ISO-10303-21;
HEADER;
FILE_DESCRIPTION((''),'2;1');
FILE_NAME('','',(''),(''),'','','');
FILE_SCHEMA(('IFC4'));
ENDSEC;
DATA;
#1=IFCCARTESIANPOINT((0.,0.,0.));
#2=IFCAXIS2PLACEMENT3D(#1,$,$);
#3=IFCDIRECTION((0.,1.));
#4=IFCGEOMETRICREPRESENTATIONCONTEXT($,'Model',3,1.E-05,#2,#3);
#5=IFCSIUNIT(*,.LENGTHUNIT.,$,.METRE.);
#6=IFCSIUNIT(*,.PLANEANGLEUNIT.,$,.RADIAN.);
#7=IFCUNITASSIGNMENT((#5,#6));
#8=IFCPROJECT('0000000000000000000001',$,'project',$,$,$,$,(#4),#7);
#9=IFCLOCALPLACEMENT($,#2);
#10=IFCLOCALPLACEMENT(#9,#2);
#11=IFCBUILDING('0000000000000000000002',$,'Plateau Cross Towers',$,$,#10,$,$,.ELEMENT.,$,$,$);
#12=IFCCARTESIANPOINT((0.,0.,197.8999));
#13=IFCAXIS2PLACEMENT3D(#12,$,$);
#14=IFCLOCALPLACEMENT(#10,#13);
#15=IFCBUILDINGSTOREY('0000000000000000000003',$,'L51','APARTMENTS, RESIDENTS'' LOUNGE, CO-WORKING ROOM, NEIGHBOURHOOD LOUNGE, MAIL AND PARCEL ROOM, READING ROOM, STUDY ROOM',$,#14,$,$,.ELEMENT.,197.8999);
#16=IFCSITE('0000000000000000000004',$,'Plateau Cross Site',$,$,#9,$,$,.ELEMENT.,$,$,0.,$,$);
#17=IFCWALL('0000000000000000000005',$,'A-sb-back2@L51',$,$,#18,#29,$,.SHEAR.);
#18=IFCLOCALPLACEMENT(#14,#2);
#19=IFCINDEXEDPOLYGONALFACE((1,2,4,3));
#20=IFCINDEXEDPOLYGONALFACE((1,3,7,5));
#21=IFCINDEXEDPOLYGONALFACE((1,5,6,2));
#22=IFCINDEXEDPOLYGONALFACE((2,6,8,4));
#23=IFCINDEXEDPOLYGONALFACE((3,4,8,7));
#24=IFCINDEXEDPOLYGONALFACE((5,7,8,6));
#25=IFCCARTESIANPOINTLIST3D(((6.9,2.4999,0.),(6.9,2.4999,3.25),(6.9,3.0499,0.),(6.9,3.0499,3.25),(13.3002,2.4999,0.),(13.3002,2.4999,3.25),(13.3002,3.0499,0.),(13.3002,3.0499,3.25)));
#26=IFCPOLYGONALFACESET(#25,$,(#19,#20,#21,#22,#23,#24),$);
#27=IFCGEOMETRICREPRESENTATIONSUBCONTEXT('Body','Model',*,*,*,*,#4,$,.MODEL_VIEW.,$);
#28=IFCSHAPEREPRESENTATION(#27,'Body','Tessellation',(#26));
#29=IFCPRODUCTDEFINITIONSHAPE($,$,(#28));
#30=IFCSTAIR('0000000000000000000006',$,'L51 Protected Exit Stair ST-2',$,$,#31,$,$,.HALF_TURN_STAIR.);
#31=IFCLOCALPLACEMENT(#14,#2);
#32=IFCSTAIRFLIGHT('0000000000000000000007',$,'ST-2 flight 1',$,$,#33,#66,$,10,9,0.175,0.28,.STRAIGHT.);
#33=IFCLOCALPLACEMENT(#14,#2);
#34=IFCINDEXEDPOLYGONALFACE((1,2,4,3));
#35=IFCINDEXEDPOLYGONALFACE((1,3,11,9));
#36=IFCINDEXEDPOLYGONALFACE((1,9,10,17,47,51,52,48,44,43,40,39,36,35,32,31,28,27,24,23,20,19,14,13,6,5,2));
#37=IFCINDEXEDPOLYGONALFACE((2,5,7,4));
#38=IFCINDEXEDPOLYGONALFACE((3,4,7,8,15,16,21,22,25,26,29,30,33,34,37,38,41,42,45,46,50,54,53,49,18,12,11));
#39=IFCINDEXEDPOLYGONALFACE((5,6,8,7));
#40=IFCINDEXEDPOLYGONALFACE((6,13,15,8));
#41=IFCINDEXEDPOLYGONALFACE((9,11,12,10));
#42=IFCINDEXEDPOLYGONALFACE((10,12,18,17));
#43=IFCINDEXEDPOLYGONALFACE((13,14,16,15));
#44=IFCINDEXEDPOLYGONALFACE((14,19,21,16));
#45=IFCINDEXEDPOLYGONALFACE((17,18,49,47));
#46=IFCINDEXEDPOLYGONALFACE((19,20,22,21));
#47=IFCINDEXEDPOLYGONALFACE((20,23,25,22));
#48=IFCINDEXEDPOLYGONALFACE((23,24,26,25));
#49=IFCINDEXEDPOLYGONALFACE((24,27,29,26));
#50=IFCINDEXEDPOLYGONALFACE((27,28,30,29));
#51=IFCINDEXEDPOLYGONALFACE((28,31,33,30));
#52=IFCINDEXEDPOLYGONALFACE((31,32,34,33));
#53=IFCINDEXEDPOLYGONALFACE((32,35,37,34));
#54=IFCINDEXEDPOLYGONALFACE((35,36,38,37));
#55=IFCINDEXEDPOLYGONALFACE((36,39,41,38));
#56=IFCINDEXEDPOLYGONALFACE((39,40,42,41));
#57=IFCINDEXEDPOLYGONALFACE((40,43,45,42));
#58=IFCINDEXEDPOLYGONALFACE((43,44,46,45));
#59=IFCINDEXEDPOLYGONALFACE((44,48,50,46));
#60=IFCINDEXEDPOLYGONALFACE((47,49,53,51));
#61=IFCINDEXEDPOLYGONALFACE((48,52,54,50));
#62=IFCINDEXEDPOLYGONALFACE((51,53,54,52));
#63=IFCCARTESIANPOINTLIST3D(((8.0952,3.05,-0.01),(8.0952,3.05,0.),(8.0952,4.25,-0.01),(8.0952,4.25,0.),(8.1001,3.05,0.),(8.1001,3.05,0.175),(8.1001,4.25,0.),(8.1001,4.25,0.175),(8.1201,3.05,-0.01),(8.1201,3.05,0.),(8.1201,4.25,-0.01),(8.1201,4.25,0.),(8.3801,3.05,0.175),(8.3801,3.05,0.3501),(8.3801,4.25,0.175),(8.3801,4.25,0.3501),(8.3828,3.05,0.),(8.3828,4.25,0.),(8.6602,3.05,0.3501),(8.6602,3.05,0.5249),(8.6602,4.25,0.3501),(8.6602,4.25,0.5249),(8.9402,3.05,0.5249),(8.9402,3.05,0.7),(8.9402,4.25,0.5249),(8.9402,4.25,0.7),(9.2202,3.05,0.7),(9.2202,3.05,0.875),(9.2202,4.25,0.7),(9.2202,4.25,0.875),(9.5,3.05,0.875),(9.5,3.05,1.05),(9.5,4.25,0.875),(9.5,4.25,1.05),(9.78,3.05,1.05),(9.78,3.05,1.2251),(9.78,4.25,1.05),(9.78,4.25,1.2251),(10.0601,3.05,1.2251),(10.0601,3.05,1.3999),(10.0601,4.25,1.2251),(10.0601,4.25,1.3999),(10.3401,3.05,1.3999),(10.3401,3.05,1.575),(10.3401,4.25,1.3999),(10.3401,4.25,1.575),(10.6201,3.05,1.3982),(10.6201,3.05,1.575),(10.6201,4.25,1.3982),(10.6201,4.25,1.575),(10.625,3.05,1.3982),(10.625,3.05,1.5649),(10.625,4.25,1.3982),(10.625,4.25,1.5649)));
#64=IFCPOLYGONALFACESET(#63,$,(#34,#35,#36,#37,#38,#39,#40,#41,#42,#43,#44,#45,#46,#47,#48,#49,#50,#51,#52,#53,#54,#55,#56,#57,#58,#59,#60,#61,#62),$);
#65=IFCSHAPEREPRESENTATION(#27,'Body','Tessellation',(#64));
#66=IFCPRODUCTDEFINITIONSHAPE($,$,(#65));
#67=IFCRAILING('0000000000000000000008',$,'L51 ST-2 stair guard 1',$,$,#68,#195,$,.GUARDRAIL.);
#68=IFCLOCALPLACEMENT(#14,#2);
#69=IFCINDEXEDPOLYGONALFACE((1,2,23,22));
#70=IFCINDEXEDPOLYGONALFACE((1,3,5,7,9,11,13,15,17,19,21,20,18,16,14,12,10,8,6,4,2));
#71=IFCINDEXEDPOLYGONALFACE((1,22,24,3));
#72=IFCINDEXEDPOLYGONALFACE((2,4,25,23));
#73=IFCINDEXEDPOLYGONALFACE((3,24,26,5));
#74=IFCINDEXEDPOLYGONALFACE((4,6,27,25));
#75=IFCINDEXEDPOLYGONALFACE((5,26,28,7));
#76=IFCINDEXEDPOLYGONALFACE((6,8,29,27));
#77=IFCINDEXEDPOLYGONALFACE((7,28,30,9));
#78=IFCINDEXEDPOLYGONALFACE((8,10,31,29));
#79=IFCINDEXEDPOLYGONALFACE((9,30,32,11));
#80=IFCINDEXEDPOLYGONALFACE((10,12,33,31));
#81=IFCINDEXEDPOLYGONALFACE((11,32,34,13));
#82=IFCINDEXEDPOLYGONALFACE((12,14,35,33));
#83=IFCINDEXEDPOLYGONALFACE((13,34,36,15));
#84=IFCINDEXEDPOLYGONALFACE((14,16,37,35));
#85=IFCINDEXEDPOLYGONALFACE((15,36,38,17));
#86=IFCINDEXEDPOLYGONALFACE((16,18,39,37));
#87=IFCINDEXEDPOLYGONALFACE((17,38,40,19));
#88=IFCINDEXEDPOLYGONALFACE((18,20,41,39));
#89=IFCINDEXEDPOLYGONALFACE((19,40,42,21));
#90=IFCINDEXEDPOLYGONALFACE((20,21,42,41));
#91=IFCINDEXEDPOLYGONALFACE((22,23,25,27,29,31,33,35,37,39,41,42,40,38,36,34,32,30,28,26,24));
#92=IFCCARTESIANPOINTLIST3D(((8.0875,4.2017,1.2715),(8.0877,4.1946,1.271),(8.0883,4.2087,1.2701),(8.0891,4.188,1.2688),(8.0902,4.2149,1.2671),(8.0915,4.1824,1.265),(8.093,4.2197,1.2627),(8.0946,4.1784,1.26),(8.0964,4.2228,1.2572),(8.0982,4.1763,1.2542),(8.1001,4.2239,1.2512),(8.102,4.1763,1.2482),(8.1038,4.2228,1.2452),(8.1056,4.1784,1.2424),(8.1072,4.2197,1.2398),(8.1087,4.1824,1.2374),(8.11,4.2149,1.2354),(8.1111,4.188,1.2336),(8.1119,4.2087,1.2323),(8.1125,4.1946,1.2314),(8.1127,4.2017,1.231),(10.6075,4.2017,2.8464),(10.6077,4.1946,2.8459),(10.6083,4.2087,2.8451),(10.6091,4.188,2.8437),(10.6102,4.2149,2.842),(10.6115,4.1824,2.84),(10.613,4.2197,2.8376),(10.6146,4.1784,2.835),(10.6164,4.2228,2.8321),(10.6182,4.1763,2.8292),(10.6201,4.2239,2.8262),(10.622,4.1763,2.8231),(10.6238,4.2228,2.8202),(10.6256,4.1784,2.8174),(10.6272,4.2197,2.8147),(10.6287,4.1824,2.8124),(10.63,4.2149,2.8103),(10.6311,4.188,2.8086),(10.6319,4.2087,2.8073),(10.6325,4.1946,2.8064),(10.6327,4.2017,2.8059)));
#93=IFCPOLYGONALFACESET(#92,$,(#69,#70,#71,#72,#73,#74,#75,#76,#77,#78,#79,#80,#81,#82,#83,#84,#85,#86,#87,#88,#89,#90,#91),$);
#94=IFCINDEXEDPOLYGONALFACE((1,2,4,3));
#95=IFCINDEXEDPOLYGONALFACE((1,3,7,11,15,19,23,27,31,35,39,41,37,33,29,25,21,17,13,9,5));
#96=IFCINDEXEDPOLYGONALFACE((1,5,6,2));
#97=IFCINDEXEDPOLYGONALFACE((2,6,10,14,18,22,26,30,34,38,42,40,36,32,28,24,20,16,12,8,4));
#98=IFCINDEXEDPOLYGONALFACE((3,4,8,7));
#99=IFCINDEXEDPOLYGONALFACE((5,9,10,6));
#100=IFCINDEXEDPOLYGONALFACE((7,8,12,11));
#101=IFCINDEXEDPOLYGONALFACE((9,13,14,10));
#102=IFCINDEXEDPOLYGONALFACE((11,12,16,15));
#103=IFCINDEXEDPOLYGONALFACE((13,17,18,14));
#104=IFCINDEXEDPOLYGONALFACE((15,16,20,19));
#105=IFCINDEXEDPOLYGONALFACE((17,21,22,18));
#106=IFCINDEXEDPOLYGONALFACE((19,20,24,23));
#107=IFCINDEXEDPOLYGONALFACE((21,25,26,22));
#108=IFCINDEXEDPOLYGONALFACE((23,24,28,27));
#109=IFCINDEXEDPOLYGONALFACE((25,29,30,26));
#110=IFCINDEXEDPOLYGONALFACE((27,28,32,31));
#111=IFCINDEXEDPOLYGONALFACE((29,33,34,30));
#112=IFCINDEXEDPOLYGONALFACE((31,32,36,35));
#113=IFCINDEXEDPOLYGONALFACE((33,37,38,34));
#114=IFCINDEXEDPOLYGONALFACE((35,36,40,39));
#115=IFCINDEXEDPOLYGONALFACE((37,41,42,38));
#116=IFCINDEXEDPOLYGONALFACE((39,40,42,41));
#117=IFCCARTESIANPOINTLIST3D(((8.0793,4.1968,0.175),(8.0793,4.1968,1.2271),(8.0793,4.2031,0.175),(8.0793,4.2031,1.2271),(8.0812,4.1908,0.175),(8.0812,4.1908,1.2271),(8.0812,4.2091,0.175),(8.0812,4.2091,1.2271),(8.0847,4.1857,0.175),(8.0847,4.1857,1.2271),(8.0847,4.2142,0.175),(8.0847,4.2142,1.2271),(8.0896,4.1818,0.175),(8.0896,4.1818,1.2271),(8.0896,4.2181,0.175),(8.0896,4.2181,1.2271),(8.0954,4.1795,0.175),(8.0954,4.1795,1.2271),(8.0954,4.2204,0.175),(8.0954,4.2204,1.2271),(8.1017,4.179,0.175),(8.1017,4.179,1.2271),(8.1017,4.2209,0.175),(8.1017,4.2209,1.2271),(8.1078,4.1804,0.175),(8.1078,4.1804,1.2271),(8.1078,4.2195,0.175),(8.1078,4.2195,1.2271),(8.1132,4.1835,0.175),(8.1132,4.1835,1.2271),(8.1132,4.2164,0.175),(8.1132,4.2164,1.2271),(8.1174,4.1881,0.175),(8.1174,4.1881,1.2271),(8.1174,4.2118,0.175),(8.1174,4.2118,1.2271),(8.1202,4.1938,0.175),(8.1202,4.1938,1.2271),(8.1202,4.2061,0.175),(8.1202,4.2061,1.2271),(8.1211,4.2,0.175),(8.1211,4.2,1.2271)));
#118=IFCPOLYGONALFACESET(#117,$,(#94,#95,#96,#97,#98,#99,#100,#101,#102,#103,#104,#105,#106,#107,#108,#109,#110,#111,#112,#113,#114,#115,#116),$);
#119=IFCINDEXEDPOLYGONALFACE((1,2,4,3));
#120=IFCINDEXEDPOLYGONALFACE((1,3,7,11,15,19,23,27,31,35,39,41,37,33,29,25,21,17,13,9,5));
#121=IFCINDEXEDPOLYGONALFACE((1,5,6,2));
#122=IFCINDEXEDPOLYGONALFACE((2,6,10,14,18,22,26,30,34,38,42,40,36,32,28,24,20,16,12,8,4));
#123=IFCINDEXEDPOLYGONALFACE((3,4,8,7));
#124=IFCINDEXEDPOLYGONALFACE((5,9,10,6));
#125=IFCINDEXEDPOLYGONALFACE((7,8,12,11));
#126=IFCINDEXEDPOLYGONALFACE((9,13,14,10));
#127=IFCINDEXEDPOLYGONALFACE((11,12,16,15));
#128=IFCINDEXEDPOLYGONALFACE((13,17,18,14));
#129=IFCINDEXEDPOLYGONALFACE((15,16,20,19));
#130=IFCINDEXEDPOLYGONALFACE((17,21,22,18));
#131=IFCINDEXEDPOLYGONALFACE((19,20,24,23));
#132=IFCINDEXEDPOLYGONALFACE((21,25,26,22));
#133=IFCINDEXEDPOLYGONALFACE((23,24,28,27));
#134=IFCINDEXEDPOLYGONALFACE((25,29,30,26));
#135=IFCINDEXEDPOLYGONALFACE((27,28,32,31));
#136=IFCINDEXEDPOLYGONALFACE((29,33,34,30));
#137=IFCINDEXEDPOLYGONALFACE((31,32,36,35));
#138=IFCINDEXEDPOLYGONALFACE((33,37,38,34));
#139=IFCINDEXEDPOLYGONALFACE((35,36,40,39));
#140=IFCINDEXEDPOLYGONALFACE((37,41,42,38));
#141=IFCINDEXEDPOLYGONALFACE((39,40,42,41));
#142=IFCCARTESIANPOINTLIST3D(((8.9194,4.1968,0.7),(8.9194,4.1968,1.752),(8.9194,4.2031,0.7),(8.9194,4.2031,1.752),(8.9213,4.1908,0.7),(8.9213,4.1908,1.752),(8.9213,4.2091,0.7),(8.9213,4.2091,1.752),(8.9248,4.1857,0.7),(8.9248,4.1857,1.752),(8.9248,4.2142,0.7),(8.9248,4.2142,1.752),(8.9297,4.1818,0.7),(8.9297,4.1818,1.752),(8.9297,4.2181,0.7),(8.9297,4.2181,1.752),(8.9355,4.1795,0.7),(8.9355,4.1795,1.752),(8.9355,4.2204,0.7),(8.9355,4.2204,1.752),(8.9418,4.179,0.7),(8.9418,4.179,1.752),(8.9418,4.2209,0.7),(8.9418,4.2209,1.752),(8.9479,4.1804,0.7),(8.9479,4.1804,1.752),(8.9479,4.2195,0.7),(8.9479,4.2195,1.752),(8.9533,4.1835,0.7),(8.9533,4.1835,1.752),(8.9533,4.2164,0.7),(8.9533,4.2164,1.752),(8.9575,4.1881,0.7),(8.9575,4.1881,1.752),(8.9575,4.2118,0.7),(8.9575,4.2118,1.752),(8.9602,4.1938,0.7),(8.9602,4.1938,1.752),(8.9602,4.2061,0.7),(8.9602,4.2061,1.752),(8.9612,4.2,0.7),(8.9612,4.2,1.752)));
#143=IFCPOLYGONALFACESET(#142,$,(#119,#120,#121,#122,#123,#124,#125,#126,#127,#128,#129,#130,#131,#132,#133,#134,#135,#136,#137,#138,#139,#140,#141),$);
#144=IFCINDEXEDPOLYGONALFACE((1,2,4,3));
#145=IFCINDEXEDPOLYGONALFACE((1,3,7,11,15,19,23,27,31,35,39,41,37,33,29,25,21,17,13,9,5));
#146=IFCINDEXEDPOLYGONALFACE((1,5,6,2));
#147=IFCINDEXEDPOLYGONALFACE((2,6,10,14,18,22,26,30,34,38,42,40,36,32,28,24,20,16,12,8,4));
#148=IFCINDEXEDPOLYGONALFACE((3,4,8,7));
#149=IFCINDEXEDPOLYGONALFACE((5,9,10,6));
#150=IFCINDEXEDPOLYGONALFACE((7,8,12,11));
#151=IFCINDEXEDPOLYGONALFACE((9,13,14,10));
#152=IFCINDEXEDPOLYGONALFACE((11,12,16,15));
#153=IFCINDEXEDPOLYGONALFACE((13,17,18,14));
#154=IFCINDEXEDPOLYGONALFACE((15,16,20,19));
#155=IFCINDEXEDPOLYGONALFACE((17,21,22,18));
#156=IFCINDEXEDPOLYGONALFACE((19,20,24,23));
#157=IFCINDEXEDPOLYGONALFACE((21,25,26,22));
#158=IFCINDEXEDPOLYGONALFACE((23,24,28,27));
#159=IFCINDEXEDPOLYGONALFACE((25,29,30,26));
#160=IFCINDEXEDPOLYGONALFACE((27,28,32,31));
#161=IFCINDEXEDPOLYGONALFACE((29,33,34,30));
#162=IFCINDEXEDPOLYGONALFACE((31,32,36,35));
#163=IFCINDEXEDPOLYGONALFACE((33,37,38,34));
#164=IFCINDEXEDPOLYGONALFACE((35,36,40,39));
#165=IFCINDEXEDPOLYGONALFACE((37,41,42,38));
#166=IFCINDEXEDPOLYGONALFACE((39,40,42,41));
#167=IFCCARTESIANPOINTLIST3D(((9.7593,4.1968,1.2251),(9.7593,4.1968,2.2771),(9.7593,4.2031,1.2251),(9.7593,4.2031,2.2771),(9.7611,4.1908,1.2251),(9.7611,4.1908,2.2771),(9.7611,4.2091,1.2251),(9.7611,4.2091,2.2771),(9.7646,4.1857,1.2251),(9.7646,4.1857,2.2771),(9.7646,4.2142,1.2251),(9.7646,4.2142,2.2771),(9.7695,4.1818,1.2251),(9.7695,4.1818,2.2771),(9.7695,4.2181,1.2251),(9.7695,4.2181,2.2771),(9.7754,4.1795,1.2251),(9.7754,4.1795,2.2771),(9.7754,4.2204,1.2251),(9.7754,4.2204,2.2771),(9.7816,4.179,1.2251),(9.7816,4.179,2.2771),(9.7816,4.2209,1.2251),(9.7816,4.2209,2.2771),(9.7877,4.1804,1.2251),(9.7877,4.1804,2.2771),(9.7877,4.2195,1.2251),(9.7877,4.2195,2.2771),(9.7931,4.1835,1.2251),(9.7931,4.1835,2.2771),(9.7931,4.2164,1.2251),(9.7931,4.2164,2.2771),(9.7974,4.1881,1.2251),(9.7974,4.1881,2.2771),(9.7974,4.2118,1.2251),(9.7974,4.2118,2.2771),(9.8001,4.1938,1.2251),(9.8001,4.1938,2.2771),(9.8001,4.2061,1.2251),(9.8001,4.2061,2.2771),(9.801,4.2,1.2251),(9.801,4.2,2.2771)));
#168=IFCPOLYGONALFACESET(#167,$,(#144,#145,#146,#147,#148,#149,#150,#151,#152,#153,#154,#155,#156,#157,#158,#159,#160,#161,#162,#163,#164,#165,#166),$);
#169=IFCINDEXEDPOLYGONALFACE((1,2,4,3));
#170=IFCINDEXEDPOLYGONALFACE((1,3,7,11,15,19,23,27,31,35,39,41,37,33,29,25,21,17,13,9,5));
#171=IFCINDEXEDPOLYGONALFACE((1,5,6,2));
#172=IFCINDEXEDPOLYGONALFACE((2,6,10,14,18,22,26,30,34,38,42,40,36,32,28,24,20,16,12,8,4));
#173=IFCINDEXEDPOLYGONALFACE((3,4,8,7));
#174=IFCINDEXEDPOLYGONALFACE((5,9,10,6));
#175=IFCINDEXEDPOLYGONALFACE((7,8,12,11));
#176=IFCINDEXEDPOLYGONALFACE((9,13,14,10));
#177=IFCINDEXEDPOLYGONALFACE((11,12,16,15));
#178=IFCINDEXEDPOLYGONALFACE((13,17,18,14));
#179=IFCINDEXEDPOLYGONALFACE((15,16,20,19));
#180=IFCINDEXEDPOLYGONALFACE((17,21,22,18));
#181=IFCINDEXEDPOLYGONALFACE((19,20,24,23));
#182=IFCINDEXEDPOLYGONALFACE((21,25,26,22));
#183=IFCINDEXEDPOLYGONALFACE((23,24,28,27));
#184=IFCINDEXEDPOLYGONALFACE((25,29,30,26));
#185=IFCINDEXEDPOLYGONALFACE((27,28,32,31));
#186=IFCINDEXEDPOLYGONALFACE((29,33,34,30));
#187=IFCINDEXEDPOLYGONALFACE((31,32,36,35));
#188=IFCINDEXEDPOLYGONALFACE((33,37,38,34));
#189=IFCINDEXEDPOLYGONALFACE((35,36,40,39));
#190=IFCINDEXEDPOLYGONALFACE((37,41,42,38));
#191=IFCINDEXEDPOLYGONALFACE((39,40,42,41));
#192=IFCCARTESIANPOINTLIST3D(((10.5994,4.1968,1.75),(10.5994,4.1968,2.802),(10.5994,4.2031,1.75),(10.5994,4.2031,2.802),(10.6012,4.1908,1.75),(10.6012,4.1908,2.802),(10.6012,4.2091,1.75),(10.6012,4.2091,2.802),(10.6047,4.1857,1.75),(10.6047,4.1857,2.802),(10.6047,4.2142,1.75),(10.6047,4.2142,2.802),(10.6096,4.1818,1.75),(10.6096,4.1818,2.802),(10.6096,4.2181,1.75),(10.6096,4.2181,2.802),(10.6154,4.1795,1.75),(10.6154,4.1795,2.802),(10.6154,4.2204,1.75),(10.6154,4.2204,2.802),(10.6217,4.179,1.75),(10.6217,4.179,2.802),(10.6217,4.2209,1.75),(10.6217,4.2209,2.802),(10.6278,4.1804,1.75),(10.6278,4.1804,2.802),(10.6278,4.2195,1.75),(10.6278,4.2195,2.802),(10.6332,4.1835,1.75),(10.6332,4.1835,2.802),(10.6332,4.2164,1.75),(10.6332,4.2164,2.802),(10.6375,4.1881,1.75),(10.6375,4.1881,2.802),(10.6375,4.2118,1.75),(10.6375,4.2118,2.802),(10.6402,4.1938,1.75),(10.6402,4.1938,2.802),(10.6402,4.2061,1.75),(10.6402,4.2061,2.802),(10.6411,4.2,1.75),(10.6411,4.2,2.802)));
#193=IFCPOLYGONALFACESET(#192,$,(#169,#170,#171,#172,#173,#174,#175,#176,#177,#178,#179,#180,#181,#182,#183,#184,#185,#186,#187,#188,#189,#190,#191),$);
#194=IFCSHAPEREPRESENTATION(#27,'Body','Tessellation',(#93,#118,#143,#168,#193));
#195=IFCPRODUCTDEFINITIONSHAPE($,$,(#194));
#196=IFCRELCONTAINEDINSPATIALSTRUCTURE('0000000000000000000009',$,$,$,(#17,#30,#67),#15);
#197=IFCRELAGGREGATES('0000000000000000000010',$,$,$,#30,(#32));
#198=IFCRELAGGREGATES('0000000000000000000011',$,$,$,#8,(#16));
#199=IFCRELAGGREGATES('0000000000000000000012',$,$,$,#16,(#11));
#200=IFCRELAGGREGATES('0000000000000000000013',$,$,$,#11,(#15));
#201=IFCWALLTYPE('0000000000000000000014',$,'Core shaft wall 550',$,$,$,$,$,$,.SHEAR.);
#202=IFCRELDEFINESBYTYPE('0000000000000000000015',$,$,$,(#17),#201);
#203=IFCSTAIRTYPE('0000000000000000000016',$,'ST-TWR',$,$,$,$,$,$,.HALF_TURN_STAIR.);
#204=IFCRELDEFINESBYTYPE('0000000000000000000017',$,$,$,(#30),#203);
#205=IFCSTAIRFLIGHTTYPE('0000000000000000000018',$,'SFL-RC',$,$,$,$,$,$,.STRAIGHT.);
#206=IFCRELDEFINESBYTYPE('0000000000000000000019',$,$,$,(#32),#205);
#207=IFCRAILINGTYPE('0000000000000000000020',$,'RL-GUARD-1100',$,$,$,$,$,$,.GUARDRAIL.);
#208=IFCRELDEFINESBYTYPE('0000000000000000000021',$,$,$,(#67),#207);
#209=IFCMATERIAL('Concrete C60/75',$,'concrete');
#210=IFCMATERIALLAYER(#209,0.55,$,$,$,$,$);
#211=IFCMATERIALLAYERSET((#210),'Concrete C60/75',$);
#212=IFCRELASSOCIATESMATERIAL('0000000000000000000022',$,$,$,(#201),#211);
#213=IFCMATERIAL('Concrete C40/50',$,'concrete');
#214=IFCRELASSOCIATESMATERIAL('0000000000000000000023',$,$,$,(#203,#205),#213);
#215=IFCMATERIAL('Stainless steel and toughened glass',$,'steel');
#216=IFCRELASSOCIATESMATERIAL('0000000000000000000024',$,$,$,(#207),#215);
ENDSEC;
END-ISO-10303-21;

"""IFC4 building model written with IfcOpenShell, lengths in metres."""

from ifc_helpers import new_model, si_unit, direction, frame, frame_2d, origin, origin_2d, place, context, subcontext, project, spatial, polyline, rectangle, circle, outline, extrude, material, layer, layer_set, type_object, element, aggregate, save


model = new_model("IFC4")

# Units and contexts
model_context = context("Model", 3, precision=1e-05, world=origin(), true_north=direction((0.0, 1.0)))
body_context = subcontext(model_context, "Body", "Model", "MODEL_VIEW")
ifc_project = project(units=[si_unit("LENGTHUNIT", "METRE"), si_unit("PLANEANGLEUNIT", "RADIAN")], contexts=[model_context])

# Site, building, storey
site_placement = place(None, origin())
site = spatial("IfcSite", under=ifc_project, at=site_placement, Name="Plateau Cross Site", CompositionType="ELEMENT", RefElevation=0.0)
building_placement = place(site_placement, origin())
building = spatial("IfcBuilding", under=site, at=building_placement, Name="Plateau Cross Towers", CompositionType="ELEMENT")
storey_placement = place(building_placement, frame((0.0, 0.0, 197.8999)))
storey = spatial("IfcBuildingStorey", under=building, at=storey_placement, Name="L51", Description="APARTMENTS, RESIDENTS' LOUNGE, CO-WORKING ROOM, NEIGHBOURHOOD LOUNGE, MAIL AND PARCEL ROOM, READING ROOM, STUDY ROOM", CompositionType="ELEMENT", Elevation=197.8999)

# Wall
ifc_material_1 = material(Name="Concrete C60/75", Category="concrete")
ifc_layer_1 = layer(ifc_material_1, 0.55)
ifc_layer_set_1 = layer_set([ifc_layer_1], Name="Concrete C60/75")
wall_type_1 = type_object("IfcWallType", Name="Core shaft wall 550", PredefinedType="SHEAR", material=ifc_layer_set_1)
wall_1_placement = place(storey_placement, frame((6.8999, 2.7749, 0.0), z_axis=(0.0, 0.0, 1.0), x_axis=(1.0, 0.0, 0.0)))
element("IfcWall", 1, at=wall_1_placement, inside=storey, type_object=wall_type_1, Name="A-sb-back2@L51", PredefinedType="SHEAR", context=body_context, shape_type="SweptSolid", body=[
    extrude(rectangle(XDim=6.4001, YDim=0.55, at=frame_2d((3.2002, 0.0))), origin(), (0.0, 0.0, 1.0), 3.25),
])

# Stair, stair flight
ifc_material_2 = material(Name="Concrete C40/50", Category="concrete")
stair_type = type_object("IfcStairType", Name="ST-TWR", PredefinedType="HALF_TURN_STAIR", material=ifc_material_2)
stair_placement = place(storey_placement, origin())
stair = element("IfcStair", 2, at=stair_placement, inside=storey, type_object=stair_type, Name="L51 Protected Exit Stair ST-2", PredefinedType="HALF_TURN_STAIR")
stair_flight_type = type_object("IfcStairFlightType", Name="SFL-RC", PredefinedType="STRAIGHT", material=ifc_material_2)
stair_flight_placement = place(storey_placement, frame((8.1001, 3.6499, 0.0), z_axis=(0.0, 0.0, 1.0), x_axis=(1.0, 0.0, 0.0)))
stair_flight = element("IfcStairFlight", 3, at=stair_flight_placement, type_object=stair_flight_type, Name="ST-2 flight 1", NumberOfRisers=10, NumberOfTreads=9, PredefinedType="STRAIGHT", RiserHeight=0.175, TreadLength=0.28, context=body_context, shape_type="SweptSolid", body=[
    extrude(outline(polyline([(-0.0049, -0.01), (-0.0049, 0.0), (0.0, 0.0), (0.0, 0.175), (0.28, 0.175), (0.28, 0.3501), (0.5601, 0.3501), (0.5601, 0.5249), (0.8401, 0.5249), (0.8401, 0.7), (1.1201, 0.7), (1.1201, 0.875), (1.3999, 0.875), (1.3999, 1.05), (1.6799, 1.05), (1.6799, 1.2251), (1.96, 1.2251), (1.96, 1.3999), (2.24, 1.3999), (2.24, 1.575), (2.52, 1.575), (2.5249, 1.5649), (2.5249, 1.3982), (2.52, 1.3982), (0.2827, 0.0), (0.02, 0.0), (0.02, -0.01), (-0.0049, -0.01)])), frame((0.0, 0.6001, 0.0), z_axis=(0.0, -1.0, 0.0), x_axis=(1.0, 0.0, 0.0)), (0.0, 0.0, 1.0), 1.2),
])
aggregate(stair, [stair_flight])

# Railing
ifc_material_3 = material(Name="Stainless steel and toughened glass", Category="steel")
railing_type_1 = type_object("IfcRailingType", Name="RL-GUARD-1100", PredefinedType="GUARDRAIL", material=ifc_material_3)
railing_1_placement = place(storey_placement, frame((8.1001, 4.2, 0.175)))
element("IfcRailing", 4, at=railing_1_placement, inside=storey, type_object=railing_type_1, Name="L51 ST-2 stair guard 1", PredefinedType="GUARDRAIL", context=body_context, shape_type="SweptSolid", body=[
    extrude(circle(Radius=0.0239, at=origin_2d()), frame((0.0, 0.0, 1.0762), z_axis=(0.848008, 0.0, 0.529984), x_axis=(0.0, 1.0, 0.0)), (0.0, 0.0, 1.0), 2.9717),
    extrude(circle(Radius=0.021, at=origin_2d()), origin(), (0.0, 0.0, 1.0), 1.052),
    extrude(circle(Radius=0.021, at=origin_2d()), frame((0.8401, 0.0, 0.5249)), (0.0, 0.0, 1.0), 1.052),
    extrude(circle(Radius=0.021, at=origin_2d()), frame((1.6799, 0.0, 1.05)), (0.0, 0.0, 1.0), 1.052),
    extrude(circle(Radius=0.021, at=origin_2d()), frame((2.52, 0.0, 1.575)), (0.0, 0.0, 1.0), 1.052),
])

save(model, "model.ifc")
